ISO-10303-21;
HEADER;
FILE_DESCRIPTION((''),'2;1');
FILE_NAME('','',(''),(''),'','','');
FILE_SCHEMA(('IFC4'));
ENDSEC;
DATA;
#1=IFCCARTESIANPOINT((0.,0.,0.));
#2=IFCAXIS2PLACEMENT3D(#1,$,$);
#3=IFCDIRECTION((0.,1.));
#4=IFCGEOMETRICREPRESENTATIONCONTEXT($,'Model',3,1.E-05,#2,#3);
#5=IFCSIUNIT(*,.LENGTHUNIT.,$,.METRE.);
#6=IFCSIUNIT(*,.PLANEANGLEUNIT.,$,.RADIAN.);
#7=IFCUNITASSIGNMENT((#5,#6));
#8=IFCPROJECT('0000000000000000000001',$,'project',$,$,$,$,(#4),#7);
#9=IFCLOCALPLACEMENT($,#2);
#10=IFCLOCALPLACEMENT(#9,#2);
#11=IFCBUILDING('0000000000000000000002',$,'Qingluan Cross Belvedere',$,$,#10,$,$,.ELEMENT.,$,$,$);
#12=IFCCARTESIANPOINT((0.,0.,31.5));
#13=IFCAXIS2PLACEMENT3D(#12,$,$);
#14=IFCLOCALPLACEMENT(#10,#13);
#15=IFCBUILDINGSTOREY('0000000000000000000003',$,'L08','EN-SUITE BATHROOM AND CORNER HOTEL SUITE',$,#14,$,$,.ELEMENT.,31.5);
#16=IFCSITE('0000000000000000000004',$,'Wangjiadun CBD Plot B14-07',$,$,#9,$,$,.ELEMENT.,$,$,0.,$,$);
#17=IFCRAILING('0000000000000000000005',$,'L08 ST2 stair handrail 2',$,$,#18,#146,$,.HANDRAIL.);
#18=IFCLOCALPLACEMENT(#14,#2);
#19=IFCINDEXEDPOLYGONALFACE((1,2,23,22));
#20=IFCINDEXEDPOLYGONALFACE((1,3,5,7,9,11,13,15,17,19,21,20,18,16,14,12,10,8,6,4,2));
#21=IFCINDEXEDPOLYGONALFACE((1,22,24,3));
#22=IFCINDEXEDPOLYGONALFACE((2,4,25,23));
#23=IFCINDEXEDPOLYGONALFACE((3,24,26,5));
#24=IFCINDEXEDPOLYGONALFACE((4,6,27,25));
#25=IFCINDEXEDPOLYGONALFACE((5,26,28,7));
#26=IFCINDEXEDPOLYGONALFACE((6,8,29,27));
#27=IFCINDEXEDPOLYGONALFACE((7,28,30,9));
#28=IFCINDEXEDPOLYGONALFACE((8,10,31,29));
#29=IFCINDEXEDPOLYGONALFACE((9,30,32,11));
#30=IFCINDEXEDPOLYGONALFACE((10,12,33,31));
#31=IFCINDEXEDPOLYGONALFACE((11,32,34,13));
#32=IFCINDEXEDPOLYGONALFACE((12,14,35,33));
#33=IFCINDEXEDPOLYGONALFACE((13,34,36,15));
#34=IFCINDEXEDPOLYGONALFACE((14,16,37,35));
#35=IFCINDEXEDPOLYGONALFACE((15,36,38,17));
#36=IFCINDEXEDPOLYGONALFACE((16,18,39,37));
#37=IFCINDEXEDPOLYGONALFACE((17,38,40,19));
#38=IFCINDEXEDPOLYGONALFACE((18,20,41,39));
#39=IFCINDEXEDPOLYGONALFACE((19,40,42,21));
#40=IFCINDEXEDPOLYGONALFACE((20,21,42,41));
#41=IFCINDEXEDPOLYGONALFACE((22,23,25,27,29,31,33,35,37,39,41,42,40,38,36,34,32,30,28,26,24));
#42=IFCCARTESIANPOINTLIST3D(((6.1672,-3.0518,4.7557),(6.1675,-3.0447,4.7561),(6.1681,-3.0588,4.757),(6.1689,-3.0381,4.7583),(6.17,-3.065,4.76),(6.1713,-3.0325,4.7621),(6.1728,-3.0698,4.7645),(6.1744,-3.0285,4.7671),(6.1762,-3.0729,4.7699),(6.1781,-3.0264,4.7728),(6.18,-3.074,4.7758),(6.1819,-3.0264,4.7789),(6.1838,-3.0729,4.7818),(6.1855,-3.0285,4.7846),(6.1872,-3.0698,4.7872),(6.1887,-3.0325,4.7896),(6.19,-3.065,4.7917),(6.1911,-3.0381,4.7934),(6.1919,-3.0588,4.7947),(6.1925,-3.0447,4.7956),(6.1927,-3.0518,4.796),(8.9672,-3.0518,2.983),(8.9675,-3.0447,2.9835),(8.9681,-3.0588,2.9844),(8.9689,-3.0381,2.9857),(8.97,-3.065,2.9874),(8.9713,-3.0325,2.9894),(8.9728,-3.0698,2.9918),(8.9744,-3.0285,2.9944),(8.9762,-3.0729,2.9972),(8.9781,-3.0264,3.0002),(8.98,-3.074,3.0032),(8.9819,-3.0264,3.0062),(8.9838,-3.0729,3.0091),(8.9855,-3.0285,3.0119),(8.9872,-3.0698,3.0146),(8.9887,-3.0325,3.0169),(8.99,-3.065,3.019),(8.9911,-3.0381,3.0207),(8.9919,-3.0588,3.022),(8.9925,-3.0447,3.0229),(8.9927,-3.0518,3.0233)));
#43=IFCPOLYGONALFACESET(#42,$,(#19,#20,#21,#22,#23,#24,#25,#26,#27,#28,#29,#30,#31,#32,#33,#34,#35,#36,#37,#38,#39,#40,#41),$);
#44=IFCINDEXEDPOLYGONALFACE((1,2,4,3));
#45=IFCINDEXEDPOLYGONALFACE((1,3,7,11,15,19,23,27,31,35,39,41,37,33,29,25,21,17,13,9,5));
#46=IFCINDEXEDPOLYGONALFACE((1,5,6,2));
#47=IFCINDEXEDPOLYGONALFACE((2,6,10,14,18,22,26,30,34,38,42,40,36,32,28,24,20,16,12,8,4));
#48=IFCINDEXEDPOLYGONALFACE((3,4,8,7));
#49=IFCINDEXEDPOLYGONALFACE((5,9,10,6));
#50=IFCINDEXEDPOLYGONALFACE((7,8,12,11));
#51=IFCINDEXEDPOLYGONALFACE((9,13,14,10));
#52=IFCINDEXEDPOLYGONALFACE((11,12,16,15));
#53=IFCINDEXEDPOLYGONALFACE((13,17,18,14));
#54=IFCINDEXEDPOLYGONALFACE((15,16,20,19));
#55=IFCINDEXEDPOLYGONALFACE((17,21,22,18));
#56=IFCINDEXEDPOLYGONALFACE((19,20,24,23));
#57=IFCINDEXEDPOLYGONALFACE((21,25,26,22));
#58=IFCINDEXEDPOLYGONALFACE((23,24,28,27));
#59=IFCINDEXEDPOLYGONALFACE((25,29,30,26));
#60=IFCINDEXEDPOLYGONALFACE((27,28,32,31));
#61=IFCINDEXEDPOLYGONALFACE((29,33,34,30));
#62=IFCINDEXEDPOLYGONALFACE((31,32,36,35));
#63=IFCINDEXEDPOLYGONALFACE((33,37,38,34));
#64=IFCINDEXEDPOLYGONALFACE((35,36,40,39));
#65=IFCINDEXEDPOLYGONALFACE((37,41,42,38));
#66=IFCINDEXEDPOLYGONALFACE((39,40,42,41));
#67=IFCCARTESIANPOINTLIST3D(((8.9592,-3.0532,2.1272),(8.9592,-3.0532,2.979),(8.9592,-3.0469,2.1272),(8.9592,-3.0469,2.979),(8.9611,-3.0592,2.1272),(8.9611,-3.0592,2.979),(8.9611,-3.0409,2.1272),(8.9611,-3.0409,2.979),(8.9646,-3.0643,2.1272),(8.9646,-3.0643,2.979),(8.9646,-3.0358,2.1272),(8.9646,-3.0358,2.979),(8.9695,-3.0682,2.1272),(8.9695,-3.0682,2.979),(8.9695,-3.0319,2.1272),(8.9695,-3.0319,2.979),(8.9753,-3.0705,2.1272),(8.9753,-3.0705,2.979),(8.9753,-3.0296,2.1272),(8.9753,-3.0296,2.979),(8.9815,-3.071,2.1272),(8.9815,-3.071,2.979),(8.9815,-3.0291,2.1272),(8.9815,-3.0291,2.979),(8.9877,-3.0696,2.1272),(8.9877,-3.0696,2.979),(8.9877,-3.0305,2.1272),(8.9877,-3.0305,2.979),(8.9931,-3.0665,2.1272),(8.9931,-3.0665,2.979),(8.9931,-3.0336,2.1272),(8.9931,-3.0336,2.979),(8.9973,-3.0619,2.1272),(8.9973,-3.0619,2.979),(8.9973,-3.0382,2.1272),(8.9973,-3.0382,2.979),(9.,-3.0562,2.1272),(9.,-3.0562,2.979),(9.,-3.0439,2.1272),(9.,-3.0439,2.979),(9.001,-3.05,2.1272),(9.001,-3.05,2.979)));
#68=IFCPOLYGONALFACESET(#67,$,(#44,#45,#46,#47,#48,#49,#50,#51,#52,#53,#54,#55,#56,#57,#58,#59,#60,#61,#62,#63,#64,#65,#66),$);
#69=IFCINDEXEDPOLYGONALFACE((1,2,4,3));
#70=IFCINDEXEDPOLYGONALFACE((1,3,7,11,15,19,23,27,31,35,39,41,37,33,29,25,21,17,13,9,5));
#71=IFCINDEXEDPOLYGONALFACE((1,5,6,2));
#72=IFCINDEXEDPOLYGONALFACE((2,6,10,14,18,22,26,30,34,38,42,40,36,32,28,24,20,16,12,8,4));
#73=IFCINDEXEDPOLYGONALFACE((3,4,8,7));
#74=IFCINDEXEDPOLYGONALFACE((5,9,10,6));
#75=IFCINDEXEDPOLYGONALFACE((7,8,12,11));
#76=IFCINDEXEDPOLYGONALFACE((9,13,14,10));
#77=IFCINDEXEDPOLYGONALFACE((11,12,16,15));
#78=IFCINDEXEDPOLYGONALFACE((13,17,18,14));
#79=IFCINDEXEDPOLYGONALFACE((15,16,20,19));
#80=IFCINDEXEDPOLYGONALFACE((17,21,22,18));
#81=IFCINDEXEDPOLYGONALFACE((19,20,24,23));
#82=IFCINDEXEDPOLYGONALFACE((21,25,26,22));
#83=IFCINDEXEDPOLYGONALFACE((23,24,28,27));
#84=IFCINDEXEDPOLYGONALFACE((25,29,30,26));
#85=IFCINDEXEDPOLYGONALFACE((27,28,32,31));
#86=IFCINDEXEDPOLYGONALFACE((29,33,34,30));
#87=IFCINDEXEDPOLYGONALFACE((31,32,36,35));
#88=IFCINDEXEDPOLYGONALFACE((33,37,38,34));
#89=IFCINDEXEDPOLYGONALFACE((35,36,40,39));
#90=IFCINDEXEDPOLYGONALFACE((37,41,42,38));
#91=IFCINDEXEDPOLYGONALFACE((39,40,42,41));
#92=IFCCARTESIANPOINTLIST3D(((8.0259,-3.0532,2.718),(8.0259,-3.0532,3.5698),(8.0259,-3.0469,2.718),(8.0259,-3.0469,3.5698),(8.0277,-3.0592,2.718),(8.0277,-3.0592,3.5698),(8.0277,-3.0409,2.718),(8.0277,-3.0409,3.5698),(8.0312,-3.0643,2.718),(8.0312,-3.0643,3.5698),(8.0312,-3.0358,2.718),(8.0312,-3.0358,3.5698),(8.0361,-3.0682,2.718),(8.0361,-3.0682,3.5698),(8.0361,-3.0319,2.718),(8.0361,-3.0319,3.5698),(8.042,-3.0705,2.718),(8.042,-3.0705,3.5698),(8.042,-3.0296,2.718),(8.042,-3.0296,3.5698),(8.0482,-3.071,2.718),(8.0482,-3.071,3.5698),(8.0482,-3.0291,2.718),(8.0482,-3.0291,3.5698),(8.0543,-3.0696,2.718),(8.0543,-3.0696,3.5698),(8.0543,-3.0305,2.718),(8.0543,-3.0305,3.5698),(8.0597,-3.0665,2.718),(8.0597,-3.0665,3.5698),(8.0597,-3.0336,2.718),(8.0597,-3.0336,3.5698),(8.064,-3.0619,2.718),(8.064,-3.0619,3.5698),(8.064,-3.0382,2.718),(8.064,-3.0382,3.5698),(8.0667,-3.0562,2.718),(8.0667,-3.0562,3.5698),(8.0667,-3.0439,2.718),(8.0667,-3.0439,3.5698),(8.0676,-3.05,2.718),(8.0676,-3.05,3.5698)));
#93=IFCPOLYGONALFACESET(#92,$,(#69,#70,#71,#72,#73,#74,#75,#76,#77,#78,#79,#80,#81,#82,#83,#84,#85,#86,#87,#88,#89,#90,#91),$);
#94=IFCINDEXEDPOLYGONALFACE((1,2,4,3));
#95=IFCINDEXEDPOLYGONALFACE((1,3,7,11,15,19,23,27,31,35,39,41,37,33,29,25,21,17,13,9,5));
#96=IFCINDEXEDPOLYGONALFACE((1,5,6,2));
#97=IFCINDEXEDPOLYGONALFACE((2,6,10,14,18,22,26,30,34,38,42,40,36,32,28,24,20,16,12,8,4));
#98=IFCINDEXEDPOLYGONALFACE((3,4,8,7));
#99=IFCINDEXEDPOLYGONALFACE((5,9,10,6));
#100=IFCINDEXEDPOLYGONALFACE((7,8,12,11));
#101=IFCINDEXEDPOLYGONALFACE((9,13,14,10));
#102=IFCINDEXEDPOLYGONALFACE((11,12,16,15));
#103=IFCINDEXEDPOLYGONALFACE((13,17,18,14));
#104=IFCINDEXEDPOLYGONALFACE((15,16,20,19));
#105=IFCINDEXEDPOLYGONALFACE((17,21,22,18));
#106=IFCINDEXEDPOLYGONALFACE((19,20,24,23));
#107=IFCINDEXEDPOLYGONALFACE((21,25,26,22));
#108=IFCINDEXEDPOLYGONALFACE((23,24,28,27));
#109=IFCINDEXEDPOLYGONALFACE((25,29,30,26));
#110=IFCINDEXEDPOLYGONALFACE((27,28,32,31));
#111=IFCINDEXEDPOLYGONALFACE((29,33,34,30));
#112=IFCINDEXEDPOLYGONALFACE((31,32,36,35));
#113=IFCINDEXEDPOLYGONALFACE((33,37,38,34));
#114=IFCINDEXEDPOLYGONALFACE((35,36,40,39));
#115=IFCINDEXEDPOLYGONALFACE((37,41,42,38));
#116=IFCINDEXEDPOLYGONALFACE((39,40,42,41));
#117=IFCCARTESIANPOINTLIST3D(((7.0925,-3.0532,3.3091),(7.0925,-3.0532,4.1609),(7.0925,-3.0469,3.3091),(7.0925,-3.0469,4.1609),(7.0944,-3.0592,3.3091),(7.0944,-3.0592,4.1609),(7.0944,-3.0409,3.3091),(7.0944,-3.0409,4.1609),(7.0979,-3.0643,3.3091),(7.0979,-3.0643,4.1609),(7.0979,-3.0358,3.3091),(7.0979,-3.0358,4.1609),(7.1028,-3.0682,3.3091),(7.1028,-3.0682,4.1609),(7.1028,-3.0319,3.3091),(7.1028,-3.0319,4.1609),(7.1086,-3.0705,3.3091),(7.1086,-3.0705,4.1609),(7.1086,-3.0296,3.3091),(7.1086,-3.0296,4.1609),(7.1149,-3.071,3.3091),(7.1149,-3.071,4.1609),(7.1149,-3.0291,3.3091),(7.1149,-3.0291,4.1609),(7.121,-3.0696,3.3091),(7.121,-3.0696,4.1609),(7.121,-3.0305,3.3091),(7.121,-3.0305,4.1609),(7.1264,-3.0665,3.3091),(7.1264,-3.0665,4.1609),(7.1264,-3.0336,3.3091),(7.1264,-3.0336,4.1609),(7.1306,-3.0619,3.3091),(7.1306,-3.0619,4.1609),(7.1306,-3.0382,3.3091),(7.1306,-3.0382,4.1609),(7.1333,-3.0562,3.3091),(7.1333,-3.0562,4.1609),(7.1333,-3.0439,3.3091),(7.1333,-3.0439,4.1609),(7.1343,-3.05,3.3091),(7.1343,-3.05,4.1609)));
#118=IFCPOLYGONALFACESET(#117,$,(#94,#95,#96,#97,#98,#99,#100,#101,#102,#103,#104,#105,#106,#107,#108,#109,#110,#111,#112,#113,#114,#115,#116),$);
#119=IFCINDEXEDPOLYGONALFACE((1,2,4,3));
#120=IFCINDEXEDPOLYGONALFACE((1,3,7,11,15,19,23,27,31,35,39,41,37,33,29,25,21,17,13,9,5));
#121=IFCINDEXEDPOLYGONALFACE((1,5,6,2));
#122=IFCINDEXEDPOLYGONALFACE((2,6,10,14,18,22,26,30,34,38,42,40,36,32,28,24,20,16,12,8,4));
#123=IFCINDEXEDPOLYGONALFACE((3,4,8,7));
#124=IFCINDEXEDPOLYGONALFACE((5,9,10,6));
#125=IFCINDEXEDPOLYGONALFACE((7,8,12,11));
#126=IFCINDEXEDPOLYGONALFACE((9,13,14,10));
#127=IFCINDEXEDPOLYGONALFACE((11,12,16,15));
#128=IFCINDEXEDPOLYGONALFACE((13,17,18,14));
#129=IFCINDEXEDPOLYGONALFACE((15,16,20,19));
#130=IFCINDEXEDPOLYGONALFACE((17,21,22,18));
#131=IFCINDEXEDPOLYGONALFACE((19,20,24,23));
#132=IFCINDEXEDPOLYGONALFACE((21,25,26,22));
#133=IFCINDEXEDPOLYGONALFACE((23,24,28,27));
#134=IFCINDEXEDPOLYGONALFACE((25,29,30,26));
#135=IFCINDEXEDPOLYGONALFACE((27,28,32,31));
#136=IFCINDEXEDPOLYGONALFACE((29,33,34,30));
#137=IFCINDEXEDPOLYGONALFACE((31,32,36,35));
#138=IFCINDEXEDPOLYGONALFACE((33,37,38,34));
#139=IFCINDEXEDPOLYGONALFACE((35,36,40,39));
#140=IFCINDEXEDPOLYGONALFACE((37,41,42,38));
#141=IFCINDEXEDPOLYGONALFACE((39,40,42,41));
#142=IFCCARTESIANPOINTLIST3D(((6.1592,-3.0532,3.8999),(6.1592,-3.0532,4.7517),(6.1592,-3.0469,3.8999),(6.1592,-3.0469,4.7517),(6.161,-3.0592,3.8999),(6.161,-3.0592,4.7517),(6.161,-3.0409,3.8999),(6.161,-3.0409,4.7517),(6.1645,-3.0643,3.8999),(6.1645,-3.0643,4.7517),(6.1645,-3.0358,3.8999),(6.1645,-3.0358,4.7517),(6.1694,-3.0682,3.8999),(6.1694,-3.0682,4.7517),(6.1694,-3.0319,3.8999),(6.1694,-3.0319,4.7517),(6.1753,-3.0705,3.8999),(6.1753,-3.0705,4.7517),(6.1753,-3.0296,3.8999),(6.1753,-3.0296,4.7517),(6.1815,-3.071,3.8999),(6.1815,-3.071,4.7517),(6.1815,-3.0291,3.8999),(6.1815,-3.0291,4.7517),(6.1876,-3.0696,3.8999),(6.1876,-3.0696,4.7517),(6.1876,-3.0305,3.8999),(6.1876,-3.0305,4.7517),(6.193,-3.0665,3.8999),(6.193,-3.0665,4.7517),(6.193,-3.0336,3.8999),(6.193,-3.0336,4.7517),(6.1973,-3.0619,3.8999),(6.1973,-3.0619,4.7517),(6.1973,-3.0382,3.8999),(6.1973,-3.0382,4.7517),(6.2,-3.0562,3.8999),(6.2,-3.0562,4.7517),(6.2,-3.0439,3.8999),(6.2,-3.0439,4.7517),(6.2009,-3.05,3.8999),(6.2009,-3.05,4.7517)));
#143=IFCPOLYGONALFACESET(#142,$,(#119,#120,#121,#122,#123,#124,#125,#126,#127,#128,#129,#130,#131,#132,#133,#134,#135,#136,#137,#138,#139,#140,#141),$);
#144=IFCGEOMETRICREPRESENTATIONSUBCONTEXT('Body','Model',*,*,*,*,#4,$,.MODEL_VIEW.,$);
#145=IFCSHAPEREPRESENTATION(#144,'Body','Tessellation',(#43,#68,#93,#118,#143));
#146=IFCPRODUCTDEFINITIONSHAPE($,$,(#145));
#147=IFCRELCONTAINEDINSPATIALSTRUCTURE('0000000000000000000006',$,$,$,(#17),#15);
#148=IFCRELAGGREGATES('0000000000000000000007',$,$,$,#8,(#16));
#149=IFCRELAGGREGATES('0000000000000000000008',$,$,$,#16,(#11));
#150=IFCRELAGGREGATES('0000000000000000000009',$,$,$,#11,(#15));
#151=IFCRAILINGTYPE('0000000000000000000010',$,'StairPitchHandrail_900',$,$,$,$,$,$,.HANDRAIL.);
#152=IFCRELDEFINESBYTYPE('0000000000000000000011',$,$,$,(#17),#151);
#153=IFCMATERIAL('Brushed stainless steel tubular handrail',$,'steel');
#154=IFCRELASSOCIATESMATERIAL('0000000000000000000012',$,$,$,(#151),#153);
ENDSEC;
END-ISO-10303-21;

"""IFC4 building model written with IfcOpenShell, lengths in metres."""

from ifc_helpers import new_model, si_unit, direction, frame, origin, origin_2d, place, context, subcontext, project, spatial, circle, extrude, material, type_object, element, save


model = new_model("IFC4")

# Units and contexts
model_context = context("Model", 3, precision=1e-05, world=origin(), true_north=direction((0.0, 1.0)))
body_context = subcontext(model_context, "Body", "Model", "MODEL_VIEW")
ifc_project = project(units=[si_unit("LENGTHUNIT", "METRE"), si_unit("PLANEANGLEUNIT", "RADIAN")], contexts=[model_context])

# Site, building, storey
site_placement = place(None, origin())
site = spatial("IfcSite", under=ifc_project, at=site_placement, Name="Wangjiadun CBD Plot B14-07", CompositionType="ELEMENT", RefElevation=0.0)
building_placement = place(site_placement, origin())
building = spatial("IfcBuilding", under=site, at=building_placement, Name="Qingluan Cross Belvedere", CompositionType="ELEMENT")
storey_placement = place(building_placement, frame((0.0, 0.0, 31.5)))
storey = spatial("IfcBuildingStorey", under=building, at=storey_placement, Name="L08", Description="EN-SUITE BATHROOM AND CORNER HOTEL SUITE", CompositionType="ELEMENT", Elevation=31.5)

# Railing
ifc_material_1 = material(Name="Brushed stainless steel tubular handrail", Category="steel")
railing_type_1 = type_object("IfcRailingType", Name="StairPitchHandrail_900", PredefinedType="HANDRAIL", material=ifc_material_1)
for number, where, name in (
    (1, (8.98, -3.05, 2.1272), "L08 ST2 stair handrail 2"),
):
    element("IfcRailing", number, at=place(storey_placement, frame(where)), inside=storey, type_object=railing_type_1, Name=name, PredefinedType="HANDRAIL", context=body_context, shape_type="SweptSolid", body=[
        extrude(circle(Radius=0.0239, at=origin_2d()), frame((0.0, 0.0, 0.876), z_axis=(-0.844909, 0.0, 0.53491), x_axis=(0.0, -1.0, 0.0)), (0.0, 0.0, 1.0), 3.314),
        extrude(circle(Radius=0.021, at=origin_2d()), origin(), (0.0, 0.0, 1.0), 0.8518),
        extrude(circle(Radius=0.021, at=origin_2d()), frame((-0.9333, 0.0, 0.5908)), (0.0, 0.0, 1.0), 0.8518),
        extrude(circle(Radius=0.021, at=origin_2d()), frame((-1.8667, 0.0, 1.1819)), (0.0, 0.0, 1.0), 0.8518),
        extrude(circle(Radius=0.021, at=origin_2d()), frame((-2.8, 0.0, 1.7727)), (0.0, 0.0, 1.0), 0.8518),
    ])

save(model, "model.ifc")
